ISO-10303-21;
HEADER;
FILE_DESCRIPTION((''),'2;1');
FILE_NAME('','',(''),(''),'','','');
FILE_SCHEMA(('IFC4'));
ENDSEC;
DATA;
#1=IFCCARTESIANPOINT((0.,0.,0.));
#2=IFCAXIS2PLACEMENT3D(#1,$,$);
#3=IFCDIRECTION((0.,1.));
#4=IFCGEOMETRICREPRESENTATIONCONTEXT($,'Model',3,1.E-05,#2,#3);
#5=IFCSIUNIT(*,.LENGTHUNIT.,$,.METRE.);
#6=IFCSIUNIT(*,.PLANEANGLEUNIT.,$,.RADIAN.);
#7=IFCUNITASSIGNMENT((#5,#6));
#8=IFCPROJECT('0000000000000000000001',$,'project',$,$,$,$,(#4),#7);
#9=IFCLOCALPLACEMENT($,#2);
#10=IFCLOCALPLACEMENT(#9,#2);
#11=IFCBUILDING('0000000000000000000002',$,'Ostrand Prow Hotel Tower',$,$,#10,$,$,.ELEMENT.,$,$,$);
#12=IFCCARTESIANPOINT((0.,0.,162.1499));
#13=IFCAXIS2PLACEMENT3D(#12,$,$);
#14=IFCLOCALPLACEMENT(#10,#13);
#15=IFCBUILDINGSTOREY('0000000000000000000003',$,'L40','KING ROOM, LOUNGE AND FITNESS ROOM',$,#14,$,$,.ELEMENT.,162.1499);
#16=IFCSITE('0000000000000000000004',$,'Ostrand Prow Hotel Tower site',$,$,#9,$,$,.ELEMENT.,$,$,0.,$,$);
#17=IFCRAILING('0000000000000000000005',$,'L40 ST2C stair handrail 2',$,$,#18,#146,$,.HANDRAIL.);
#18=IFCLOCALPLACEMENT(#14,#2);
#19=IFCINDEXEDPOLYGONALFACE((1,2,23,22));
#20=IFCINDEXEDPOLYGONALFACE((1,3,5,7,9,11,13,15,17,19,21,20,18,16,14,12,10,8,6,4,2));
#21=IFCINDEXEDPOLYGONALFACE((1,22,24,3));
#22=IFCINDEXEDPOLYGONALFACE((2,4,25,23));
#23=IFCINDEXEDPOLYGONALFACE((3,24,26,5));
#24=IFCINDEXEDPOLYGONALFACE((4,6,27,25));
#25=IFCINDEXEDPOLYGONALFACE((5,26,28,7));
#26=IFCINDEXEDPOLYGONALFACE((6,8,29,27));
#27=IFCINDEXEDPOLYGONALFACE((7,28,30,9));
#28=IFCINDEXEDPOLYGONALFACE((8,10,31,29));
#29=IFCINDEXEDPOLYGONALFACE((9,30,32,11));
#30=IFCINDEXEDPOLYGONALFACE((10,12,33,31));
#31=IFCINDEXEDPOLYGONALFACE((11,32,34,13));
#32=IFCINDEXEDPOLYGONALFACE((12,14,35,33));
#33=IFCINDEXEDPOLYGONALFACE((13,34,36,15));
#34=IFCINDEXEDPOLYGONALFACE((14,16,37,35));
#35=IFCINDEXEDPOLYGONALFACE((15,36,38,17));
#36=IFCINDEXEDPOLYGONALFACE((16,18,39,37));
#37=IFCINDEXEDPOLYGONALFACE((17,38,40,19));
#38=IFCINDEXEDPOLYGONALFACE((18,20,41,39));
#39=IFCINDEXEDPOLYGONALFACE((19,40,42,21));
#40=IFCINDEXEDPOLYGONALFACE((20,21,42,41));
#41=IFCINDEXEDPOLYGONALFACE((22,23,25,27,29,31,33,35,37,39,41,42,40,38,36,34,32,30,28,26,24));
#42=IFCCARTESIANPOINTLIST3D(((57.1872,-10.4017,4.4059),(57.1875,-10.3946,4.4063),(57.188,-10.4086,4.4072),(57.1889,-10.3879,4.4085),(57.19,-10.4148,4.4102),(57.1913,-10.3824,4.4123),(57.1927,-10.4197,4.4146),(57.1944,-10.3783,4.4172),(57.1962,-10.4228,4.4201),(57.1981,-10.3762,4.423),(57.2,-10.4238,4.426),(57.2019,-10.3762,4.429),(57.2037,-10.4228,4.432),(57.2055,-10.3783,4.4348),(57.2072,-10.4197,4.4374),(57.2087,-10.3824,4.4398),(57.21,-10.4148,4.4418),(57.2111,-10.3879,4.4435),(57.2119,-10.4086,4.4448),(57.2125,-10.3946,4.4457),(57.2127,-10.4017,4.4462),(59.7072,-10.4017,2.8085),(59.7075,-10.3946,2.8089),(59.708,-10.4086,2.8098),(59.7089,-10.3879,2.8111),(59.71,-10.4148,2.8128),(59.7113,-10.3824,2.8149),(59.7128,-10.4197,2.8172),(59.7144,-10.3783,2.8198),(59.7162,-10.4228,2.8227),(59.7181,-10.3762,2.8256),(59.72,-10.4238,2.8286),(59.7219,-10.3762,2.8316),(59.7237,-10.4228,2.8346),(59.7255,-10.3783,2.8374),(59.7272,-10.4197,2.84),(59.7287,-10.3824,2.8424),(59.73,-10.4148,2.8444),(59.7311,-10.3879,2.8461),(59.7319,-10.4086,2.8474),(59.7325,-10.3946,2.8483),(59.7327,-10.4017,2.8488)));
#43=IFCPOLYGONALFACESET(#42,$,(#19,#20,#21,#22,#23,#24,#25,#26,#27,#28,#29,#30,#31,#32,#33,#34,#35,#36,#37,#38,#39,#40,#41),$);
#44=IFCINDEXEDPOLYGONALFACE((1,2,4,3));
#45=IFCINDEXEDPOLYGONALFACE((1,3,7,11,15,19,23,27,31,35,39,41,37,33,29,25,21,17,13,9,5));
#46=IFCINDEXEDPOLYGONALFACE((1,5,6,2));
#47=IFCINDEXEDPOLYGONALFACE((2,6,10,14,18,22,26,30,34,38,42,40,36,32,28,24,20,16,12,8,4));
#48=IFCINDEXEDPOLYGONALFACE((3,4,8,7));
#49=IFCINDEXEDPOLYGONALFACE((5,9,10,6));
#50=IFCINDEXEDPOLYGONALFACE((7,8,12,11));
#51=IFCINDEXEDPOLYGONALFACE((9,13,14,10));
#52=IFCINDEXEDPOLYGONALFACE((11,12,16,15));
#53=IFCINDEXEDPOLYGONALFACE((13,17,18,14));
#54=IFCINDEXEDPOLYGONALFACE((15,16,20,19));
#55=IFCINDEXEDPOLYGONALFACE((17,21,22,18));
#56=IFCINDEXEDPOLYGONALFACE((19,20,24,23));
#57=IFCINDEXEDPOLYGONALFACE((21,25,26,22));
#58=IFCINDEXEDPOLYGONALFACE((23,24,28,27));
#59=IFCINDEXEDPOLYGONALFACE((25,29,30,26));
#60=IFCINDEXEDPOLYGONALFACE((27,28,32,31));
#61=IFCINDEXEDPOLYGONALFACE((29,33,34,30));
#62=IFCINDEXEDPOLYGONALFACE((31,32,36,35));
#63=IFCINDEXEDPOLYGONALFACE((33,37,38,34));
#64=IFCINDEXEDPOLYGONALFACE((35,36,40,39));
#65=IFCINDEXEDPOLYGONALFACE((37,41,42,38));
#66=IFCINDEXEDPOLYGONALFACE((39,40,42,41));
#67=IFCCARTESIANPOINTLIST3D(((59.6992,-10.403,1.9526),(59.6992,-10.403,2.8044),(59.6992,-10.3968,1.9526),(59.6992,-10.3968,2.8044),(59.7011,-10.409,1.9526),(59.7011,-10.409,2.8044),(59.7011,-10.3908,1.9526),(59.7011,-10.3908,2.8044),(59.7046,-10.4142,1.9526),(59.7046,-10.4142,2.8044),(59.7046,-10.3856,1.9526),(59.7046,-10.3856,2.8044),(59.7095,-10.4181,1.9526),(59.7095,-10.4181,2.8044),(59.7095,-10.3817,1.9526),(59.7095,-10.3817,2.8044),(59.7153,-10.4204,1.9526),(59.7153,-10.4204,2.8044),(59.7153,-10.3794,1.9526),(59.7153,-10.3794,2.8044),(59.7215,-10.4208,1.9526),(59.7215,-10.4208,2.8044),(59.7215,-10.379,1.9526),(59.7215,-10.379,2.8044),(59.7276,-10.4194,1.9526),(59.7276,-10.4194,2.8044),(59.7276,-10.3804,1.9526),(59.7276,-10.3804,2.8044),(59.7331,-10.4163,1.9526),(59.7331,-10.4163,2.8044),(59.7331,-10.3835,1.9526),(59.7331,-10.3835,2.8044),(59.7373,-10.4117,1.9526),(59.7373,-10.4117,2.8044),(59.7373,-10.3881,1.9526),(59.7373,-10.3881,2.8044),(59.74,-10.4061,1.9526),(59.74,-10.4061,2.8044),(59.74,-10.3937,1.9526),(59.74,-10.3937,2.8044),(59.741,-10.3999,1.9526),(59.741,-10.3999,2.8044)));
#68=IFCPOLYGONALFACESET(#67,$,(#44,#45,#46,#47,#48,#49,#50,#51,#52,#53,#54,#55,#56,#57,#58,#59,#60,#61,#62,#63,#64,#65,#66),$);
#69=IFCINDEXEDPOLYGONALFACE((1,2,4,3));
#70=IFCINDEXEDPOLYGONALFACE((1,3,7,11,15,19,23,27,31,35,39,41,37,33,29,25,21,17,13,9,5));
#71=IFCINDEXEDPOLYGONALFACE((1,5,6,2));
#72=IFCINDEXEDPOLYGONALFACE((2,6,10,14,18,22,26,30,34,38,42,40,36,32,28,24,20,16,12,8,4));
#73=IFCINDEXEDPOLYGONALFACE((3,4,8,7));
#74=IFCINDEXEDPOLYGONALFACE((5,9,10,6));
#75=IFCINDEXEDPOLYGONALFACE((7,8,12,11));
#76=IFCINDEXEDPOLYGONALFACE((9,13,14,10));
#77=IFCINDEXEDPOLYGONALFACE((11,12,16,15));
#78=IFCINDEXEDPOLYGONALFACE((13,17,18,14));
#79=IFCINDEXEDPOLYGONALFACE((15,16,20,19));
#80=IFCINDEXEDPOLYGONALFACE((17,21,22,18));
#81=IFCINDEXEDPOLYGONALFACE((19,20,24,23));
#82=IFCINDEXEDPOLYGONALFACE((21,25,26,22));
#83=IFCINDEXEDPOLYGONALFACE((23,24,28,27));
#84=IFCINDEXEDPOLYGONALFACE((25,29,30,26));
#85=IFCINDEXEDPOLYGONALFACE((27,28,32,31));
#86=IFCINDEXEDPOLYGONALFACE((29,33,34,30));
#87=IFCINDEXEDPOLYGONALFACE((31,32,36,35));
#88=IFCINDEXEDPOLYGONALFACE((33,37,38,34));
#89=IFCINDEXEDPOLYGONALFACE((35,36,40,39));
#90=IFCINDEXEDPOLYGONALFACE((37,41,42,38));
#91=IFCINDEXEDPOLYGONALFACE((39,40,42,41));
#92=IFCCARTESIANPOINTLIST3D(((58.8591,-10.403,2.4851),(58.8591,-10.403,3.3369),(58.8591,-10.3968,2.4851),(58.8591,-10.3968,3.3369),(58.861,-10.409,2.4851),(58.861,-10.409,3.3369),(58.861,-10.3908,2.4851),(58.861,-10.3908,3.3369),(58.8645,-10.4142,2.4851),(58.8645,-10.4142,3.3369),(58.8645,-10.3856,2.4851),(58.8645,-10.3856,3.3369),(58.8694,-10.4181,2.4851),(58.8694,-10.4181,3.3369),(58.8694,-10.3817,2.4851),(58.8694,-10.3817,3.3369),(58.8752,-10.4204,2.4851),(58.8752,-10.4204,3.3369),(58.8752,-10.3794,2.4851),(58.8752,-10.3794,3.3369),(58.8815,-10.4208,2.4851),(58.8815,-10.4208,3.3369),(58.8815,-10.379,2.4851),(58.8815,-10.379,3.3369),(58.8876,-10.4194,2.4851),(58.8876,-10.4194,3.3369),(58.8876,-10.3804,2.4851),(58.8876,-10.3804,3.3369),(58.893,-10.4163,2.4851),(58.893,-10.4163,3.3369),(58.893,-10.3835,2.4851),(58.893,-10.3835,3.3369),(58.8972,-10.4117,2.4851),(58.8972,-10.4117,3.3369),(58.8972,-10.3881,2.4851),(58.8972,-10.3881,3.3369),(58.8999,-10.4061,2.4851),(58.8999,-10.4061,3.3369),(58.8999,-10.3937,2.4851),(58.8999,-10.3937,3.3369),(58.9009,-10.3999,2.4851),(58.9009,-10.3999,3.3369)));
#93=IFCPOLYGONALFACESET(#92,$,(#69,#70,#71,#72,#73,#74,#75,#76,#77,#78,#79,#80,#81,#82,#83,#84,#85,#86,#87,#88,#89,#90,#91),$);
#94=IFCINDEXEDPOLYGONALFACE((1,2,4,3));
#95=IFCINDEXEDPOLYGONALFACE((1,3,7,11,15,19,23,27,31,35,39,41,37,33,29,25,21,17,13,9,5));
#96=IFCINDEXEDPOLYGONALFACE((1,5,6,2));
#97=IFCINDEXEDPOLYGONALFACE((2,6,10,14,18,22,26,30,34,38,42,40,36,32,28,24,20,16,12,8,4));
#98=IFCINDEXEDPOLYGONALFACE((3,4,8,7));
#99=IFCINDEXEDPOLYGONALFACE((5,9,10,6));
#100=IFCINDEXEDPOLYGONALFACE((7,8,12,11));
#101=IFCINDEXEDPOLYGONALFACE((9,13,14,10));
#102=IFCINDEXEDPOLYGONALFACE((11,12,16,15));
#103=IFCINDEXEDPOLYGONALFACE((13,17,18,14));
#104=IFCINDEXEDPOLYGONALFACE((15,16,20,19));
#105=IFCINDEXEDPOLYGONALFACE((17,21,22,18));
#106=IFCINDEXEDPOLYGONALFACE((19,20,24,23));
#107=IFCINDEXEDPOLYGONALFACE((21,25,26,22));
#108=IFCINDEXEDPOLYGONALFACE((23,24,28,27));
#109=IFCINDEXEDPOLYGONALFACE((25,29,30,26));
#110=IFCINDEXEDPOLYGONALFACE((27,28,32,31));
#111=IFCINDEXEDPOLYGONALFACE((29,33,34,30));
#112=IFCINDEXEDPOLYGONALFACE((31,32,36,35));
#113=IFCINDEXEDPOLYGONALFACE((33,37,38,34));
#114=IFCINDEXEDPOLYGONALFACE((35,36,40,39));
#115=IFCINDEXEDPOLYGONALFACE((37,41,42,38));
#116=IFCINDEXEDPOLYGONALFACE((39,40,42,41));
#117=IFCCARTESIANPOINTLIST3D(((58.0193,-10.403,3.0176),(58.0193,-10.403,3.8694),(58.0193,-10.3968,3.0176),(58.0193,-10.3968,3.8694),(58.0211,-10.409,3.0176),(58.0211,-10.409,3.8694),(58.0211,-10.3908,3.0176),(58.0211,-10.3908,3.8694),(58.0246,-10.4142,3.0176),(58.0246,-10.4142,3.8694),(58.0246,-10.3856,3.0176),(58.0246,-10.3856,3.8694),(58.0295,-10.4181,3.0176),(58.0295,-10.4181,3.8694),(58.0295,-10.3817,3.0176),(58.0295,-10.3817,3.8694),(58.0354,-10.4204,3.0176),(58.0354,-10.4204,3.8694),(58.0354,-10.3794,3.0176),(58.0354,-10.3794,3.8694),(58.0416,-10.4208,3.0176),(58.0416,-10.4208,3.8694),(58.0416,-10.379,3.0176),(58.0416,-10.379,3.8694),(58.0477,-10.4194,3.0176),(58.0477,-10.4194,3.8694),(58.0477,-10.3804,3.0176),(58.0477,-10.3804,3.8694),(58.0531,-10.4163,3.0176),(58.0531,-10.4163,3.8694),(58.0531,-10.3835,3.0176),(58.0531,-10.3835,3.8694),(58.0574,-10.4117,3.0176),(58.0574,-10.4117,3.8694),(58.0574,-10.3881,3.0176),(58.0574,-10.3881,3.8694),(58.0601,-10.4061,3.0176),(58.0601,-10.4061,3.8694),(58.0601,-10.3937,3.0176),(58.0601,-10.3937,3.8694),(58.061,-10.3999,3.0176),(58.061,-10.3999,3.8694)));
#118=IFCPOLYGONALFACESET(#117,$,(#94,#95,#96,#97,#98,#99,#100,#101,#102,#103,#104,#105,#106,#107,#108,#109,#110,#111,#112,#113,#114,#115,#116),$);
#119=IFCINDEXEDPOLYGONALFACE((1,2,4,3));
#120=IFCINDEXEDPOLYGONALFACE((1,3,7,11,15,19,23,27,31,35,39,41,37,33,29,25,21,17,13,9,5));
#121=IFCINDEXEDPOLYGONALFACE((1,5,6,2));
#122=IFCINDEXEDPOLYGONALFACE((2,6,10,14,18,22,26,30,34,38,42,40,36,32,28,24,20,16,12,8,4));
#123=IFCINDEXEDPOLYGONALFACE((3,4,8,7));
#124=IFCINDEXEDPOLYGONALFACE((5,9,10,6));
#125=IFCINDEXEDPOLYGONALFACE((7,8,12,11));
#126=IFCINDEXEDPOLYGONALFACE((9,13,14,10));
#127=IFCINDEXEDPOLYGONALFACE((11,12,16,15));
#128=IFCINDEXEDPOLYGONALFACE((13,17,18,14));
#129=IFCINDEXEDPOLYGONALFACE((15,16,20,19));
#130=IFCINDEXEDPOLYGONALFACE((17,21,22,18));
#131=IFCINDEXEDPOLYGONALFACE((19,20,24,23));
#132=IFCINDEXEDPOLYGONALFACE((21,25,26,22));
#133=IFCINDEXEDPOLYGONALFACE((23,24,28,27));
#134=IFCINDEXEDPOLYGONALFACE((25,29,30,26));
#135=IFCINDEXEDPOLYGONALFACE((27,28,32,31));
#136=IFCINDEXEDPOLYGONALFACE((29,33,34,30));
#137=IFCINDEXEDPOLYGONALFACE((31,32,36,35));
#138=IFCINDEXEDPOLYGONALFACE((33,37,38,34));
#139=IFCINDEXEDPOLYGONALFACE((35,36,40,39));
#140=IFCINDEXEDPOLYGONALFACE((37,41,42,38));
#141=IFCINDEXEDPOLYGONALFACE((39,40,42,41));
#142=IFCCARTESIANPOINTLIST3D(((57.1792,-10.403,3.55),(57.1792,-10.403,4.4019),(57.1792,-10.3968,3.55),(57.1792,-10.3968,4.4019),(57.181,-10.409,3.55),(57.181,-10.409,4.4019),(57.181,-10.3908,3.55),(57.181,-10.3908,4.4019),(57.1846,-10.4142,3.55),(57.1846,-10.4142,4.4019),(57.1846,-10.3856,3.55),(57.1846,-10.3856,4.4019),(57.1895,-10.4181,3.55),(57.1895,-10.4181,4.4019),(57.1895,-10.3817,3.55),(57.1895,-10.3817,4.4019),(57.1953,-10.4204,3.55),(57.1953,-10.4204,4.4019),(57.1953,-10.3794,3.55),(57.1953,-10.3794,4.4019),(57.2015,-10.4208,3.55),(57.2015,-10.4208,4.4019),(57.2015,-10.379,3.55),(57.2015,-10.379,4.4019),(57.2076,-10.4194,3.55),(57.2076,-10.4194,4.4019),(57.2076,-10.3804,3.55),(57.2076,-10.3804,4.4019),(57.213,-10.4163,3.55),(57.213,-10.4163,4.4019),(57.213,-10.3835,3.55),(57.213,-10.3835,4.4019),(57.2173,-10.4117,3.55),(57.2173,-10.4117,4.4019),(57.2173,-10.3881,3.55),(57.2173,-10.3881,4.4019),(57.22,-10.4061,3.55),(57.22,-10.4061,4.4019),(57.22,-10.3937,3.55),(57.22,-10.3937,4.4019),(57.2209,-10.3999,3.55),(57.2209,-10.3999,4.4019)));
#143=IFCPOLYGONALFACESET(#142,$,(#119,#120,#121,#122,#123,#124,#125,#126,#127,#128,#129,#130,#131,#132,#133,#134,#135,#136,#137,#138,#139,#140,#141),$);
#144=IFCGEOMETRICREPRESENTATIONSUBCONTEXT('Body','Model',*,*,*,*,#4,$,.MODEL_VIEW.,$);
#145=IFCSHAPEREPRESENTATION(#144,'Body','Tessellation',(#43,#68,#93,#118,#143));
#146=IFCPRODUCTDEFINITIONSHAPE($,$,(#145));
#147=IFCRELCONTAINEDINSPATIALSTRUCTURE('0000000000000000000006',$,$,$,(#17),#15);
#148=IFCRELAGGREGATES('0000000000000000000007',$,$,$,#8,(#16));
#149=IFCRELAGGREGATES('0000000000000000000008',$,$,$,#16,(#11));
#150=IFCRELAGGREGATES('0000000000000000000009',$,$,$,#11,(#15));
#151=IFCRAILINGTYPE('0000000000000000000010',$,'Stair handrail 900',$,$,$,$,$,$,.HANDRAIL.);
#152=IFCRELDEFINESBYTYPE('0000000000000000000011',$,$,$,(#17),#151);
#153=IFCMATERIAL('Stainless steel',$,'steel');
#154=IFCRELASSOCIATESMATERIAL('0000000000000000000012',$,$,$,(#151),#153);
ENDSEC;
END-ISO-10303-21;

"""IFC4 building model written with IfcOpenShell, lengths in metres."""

from ifc_helpers import new_model, si_unit, direction, frame, origin, origin_2d, place, context, subcontext, project, spatial, circle, extrude, material, type_object, element, save


model = new_model("IFC4")

# Units and contexts
model_context = context("Model", 3, precision=1e-05, world=origin(), true_north=direction((0.0, 1.0)))
body_context = subcontext(model_context, "Body", "Model", "MODEL_VIEW")
ifc_project = project(units=[si_unit("LENGTHUNIT", "METRE"), si_unit("PLANEANGLEUNIT", "RADIAN")], contexts=[model_context])

# Site, building, storey
site_placement = place(None, origin())
site = spatial("IfcSite", under=ifc_project, at=site_placement, Name="Ostrand Prow Hotel Tower site", CompositionType="ELEMENT", RefElevation=0.0)
building_placement = place(site_placement, origin())
building = spatial("IfcBuilding", under=site, at=building_placement, Name="Ostrand Prow Hotel Tower", CompositionType="ELEMENT")
storey_placement = place(building_placement, frame((0.0, 0.0, 162.1499)))
storey = spatial("IfcBuildingStorey", under=building, at=storey_placement, Name="L40", Description="KING ROOM, LOUNGE AND FITNESS ROOM", CompositionType="ELEMENT", Elevation=162.1499)

# Railing
ifc_material_1 = material(Name="Stainless steel", Category="steel")
railing_type_1 = type_object("IfcRailingType", Name="Stair handrail 900", PredefinedType="HANDRAIL", material=ifc_material_1)
railing_1_placement = place(storey_placement, frame((59.72, -10.3999, 1.9526)))
element("IfcRailing", 1, at=railing_1_placement, inside=storey, type_object=railing_type_1, Name="L40 ST2C stair handrail 2", PredefinedType="HANDRAIL", context=body_context, shape_type="SweptSolid", body=[
    extrude(circle(Radius=0.0239, at=origin_2d()), frame((0.0, 0.0, 0.876), z_axis=(-0.844607, 0.0, 0.535387), x_axis=(0.0, -1.0, 0.0)), (0.0, 0.0, 1.0), 2.9836),
    extrude(circle(Radius=0.021, at=origin_2d()), origin(), (0.0, 0.0, 1.0), 0.8518),
    extrude(circle(Radius=0.021, at=origin_2d()), frame((-0.8401, 0.0, 0.5325)), (0.0, 0.0, 1.0), 0.8518),
    extrude(circle(Radius=0.021, at=origin_2d()), frame((-1.6799, 0.0, 1.0649)), (0.0, 0.0, 1.0), 0.8518),
    extrude(circle(Radius=0.021, at=origin_2d()), frame((-2.52, 0.0, 1.5974)), (0.0, 0.0, 1.0), 0.8518),
])

save(model, "model.ifc")
